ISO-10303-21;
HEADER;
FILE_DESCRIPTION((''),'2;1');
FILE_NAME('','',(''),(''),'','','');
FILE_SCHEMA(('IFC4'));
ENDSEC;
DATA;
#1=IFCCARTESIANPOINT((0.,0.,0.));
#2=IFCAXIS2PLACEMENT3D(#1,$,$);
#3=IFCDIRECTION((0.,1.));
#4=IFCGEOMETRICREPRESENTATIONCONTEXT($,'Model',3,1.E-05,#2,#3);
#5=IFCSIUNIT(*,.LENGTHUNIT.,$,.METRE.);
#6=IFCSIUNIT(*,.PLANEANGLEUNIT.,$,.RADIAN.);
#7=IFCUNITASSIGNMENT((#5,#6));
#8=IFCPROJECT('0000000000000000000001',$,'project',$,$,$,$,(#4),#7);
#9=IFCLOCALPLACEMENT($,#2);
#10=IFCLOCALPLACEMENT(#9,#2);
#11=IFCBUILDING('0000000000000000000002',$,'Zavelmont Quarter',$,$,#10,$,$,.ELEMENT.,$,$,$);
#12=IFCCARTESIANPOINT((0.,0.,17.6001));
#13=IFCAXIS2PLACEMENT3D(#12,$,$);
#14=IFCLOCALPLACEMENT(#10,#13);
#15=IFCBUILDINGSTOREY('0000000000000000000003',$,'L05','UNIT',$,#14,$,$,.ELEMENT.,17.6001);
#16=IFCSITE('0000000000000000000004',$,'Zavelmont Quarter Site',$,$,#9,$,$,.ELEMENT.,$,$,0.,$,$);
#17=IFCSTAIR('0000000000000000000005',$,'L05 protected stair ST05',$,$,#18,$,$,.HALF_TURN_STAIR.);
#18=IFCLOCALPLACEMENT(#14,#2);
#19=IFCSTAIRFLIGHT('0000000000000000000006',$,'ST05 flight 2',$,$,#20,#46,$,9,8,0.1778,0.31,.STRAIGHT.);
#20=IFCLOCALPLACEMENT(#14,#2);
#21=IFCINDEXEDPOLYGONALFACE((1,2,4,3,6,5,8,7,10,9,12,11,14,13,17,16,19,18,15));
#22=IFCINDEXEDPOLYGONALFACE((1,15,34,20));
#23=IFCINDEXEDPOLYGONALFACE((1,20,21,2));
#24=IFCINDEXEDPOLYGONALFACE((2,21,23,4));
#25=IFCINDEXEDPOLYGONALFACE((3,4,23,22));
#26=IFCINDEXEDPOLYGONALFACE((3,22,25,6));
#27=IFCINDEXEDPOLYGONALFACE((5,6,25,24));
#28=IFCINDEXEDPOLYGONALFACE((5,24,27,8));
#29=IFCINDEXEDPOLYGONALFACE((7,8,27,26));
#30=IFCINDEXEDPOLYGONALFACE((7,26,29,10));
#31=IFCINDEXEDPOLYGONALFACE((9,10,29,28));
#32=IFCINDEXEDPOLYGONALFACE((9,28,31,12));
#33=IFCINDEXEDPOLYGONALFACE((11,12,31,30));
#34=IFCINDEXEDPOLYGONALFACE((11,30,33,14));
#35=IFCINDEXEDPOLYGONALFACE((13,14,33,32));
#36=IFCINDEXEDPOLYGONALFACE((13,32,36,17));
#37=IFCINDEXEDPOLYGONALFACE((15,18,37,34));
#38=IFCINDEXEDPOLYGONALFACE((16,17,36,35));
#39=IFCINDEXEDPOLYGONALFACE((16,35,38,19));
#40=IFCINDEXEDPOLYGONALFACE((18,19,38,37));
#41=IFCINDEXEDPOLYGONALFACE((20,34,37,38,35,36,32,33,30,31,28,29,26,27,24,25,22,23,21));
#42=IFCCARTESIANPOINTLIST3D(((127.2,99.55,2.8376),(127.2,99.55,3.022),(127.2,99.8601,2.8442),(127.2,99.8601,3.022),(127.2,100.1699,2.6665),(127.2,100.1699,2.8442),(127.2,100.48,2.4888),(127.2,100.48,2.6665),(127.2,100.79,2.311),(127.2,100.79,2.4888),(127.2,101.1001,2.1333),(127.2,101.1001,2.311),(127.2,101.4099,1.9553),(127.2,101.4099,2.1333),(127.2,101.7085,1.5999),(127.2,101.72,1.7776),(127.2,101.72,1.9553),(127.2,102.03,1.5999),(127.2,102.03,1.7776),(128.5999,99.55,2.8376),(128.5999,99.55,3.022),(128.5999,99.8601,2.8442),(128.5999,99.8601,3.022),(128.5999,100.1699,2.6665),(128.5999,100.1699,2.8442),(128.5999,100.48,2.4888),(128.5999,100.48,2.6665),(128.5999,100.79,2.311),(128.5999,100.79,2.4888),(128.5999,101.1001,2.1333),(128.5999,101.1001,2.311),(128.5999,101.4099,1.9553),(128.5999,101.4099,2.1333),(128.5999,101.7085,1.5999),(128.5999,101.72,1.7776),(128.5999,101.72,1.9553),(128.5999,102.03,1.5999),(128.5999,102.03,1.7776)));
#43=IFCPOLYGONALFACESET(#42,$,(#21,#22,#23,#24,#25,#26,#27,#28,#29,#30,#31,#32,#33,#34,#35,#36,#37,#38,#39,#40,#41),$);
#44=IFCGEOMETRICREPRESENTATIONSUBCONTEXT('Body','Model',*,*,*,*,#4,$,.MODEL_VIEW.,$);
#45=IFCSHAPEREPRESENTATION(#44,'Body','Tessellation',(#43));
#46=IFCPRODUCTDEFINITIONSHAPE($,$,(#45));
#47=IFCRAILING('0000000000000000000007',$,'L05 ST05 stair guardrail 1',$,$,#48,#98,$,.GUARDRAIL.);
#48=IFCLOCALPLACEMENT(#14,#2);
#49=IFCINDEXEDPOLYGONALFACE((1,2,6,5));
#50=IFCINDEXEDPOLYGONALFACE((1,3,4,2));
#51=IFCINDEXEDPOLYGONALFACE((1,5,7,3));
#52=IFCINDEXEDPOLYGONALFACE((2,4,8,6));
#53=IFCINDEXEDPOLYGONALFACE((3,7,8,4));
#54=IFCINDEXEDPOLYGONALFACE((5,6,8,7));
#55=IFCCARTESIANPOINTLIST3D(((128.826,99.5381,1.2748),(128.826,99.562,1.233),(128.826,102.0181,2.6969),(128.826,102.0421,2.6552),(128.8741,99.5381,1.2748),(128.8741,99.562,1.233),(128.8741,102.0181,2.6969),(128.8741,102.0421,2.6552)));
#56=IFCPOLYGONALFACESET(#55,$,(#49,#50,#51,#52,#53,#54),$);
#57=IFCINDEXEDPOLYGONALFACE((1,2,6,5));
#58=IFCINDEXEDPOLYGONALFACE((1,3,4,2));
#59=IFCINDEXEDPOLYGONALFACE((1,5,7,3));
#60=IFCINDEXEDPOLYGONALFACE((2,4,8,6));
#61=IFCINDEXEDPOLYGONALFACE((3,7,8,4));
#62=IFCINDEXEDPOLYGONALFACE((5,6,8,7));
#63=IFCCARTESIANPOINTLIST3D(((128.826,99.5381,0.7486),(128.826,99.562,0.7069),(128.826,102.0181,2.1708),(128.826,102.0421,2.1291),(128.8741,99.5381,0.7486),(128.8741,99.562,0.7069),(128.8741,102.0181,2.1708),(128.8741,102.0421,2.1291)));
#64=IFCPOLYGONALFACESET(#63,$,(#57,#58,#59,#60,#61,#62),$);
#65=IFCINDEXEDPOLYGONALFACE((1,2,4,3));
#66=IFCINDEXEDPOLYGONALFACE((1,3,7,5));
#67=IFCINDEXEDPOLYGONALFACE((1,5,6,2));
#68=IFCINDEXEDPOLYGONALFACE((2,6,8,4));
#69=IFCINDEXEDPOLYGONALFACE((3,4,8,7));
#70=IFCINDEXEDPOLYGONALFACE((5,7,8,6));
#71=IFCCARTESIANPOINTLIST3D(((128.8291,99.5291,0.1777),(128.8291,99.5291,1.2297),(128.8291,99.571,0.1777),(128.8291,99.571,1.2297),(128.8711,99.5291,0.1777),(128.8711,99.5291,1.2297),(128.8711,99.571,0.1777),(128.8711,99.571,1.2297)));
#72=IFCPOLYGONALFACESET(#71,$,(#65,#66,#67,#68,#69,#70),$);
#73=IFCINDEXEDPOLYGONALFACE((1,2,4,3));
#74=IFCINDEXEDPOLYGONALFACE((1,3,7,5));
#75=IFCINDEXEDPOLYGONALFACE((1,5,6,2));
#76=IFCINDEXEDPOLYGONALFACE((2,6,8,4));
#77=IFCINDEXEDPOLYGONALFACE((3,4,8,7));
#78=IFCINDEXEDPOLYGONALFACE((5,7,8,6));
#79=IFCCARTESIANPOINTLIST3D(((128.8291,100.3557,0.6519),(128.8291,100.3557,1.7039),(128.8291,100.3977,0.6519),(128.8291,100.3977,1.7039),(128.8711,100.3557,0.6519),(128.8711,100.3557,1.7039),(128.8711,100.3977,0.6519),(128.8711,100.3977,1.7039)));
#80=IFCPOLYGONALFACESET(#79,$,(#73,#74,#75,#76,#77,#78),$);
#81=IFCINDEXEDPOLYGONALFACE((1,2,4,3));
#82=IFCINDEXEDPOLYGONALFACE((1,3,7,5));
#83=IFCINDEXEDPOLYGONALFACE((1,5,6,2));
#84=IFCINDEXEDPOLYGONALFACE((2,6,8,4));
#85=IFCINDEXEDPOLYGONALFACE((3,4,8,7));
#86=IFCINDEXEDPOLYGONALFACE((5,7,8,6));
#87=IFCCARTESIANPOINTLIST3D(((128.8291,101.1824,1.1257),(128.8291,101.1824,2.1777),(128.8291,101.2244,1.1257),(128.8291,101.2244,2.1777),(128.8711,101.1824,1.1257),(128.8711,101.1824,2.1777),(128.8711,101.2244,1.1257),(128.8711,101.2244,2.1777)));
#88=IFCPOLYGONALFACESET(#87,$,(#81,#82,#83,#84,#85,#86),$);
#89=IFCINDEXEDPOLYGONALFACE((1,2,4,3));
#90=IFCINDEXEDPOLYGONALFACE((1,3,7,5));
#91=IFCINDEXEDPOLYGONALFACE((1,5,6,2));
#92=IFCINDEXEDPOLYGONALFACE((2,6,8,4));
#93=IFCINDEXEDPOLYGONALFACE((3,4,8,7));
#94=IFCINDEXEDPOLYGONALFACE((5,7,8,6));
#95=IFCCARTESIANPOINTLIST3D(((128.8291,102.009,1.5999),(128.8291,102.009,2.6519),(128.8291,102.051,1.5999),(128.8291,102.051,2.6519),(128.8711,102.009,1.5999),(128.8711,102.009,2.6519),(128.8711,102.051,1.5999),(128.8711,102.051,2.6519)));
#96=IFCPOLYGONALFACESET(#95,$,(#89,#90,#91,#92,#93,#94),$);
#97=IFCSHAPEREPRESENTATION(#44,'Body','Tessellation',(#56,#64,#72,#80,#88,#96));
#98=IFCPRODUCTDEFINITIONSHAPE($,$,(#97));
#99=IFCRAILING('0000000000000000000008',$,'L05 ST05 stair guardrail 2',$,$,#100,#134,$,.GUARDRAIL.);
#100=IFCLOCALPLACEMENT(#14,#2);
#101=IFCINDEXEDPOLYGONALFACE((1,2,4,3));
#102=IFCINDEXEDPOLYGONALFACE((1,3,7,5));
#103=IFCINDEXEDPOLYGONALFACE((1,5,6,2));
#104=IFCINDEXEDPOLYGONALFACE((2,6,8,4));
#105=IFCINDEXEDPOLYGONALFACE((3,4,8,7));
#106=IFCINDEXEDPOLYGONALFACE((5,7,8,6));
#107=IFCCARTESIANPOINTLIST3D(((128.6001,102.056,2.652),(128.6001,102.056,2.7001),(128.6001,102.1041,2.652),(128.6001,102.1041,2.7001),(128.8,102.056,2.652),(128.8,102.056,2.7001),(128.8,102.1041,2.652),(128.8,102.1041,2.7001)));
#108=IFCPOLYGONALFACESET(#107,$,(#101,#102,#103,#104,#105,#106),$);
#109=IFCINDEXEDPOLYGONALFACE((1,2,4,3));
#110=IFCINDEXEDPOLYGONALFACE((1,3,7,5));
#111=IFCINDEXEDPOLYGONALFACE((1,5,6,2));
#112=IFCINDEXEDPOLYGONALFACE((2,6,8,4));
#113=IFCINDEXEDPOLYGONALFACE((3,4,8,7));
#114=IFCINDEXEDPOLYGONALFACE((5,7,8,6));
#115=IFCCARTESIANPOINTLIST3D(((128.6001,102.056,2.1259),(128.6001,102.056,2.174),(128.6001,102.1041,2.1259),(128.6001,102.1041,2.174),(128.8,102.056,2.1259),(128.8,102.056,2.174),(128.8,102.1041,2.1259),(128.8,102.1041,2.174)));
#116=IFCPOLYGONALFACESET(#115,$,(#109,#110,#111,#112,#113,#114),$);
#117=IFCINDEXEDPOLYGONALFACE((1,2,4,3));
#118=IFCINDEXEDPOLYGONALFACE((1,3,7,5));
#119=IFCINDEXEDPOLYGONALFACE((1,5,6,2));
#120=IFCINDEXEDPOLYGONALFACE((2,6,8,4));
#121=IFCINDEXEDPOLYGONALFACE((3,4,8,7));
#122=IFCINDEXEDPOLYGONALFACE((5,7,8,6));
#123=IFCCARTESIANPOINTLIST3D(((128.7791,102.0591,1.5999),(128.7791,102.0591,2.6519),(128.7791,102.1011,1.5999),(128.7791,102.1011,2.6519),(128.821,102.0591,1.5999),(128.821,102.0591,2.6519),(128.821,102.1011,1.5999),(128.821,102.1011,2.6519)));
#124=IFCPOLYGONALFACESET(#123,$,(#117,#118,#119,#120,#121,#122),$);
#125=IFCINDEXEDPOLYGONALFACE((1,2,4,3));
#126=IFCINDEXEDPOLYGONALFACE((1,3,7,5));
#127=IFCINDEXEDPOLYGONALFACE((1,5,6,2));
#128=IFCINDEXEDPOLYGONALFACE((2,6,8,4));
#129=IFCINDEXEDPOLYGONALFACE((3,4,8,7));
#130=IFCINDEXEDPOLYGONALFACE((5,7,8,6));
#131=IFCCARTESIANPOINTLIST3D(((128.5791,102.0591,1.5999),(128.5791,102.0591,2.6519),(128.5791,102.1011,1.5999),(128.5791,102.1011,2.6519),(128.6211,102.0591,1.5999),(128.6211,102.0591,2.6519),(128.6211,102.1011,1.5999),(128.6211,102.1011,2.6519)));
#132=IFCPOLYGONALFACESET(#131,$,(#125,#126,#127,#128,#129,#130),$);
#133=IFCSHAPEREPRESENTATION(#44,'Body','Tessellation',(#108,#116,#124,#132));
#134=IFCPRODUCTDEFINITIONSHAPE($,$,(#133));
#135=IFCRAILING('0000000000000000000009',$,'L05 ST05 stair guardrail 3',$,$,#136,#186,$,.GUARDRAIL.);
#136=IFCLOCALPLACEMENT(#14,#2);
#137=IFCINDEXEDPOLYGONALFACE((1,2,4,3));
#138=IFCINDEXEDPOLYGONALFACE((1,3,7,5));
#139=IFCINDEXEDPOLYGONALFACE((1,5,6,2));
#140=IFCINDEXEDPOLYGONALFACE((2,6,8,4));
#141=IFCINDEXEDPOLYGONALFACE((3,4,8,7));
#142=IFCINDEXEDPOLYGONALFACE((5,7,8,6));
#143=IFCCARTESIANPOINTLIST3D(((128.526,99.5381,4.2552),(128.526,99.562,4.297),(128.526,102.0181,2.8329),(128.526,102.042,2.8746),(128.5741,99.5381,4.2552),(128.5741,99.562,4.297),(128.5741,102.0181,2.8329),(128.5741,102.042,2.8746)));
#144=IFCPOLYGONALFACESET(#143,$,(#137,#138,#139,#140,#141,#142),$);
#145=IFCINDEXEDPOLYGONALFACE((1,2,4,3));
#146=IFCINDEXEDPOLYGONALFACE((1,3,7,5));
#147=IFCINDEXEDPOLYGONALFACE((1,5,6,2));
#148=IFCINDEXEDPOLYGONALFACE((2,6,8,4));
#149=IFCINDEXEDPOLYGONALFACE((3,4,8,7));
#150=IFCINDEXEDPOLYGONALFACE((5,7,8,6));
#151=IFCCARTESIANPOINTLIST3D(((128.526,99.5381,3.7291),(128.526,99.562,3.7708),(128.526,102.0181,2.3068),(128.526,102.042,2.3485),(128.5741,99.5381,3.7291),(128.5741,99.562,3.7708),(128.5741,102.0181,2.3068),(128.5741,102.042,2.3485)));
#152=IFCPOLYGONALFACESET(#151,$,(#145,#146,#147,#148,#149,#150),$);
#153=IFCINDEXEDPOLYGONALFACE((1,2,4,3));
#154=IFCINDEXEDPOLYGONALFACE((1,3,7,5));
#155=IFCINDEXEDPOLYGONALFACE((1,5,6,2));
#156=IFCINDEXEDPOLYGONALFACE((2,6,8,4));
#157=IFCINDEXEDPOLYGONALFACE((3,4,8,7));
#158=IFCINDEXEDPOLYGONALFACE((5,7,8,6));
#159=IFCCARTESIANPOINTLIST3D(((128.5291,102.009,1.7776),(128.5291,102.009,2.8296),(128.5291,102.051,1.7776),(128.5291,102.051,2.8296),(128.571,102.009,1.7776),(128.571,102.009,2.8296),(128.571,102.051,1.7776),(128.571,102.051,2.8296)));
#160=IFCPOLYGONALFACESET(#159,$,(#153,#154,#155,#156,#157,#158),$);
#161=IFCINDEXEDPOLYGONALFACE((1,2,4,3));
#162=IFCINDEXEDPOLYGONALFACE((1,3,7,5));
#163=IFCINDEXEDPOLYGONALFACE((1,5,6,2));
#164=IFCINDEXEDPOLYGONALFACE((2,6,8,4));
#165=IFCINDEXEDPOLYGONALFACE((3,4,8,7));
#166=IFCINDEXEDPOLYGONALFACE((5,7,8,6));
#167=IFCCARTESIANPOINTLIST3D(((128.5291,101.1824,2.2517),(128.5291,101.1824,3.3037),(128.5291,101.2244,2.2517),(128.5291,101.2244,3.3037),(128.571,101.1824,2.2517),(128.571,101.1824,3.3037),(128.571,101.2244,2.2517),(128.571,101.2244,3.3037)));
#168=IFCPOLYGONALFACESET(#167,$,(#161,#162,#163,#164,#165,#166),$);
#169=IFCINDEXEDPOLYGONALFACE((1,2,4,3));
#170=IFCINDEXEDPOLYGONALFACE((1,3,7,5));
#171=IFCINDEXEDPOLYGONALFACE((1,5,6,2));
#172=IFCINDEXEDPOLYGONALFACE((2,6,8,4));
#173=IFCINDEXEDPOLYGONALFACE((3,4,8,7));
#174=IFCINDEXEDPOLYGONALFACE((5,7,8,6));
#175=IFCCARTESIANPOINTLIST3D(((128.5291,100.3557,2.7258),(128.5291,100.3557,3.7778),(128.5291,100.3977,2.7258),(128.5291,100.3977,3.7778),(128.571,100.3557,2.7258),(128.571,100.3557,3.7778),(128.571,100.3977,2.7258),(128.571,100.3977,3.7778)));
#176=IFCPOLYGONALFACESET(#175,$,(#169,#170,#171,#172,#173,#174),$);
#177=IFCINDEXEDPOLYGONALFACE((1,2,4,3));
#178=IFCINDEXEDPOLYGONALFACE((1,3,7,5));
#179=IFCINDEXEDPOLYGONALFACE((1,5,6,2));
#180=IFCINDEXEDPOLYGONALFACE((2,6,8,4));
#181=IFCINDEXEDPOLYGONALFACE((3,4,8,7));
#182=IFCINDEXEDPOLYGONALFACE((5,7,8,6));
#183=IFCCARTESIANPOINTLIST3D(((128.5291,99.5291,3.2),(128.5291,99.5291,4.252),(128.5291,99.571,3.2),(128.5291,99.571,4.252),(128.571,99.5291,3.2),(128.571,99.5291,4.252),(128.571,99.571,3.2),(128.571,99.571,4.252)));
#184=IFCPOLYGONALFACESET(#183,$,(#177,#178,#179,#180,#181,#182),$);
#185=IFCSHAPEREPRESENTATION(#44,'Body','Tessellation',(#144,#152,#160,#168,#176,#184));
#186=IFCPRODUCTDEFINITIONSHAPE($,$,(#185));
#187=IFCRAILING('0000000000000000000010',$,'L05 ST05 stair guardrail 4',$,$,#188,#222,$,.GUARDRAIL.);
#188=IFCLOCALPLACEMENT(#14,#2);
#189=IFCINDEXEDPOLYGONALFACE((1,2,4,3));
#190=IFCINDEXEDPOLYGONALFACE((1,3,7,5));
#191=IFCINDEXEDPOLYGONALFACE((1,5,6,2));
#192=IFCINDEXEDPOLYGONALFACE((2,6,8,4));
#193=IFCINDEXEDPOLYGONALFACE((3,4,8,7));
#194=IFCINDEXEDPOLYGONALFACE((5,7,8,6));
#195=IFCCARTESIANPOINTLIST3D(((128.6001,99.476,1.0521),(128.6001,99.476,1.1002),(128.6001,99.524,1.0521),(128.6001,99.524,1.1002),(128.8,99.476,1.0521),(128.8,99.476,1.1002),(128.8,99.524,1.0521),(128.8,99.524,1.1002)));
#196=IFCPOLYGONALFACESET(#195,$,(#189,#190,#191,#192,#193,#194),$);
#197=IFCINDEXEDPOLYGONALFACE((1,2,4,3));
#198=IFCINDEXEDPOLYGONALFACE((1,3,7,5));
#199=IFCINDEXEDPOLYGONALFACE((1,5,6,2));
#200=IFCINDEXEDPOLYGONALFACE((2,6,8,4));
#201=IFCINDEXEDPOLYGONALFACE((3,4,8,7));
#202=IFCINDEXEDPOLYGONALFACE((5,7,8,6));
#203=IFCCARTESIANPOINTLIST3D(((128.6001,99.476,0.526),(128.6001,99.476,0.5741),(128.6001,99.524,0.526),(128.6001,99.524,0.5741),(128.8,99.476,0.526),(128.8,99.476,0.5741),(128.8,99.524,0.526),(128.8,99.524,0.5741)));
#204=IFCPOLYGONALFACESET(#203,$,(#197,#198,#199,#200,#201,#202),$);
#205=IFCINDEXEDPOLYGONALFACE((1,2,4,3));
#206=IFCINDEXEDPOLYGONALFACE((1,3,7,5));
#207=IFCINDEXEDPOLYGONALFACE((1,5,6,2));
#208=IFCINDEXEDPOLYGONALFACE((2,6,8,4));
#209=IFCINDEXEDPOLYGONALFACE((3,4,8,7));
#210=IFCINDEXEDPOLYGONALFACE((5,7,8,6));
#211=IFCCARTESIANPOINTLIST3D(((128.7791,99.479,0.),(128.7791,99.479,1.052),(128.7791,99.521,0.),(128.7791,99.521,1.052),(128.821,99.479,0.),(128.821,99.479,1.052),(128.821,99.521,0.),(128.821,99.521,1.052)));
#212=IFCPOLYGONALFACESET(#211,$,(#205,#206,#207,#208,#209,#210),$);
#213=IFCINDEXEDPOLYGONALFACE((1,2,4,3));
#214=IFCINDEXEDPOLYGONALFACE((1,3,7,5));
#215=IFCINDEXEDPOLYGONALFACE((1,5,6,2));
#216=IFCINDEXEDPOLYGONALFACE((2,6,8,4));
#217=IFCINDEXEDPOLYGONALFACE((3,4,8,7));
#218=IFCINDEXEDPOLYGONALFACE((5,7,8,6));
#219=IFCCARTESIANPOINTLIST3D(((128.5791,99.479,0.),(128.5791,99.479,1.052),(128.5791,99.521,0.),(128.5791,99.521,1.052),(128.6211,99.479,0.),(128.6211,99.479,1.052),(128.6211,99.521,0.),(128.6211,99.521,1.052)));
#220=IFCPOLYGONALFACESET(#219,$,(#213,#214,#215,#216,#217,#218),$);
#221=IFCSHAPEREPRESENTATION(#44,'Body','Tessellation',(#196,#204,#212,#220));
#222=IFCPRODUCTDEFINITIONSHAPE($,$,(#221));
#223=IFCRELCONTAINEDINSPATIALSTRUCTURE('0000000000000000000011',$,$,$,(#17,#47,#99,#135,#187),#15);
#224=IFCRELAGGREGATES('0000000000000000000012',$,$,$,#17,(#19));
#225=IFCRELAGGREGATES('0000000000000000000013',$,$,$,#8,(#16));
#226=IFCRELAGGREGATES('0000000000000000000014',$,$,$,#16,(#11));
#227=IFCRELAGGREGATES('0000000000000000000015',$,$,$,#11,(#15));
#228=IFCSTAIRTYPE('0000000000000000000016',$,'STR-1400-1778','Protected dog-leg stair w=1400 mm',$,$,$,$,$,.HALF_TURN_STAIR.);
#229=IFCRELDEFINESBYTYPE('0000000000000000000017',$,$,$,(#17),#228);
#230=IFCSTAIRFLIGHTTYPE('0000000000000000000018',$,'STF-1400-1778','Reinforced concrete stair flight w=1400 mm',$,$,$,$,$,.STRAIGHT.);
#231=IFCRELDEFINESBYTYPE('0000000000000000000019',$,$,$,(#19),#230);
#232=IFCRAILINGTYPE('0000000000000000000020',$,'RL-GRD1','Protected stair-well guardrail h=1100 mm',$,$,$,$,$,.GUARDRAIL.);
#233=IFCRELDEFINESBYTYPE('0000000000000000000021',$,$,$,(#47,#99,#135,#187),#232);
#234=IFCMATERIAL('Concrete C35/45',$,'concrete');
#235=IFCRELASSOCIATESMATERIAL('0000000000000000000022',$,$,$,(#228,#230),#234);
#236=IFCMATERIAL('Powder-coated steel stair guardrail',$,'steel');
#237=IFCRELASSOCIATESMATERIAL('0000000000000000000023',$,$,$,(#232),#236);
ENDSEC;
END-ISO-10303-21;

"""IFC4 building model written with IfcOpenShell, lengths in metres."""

from ifc_helpers import new_model, si_unit, direction, frame, origin, origin_2d, place, context, subcontext, project, spatial, polyline, rectangle, outline, extrude, material, type_object, element, aggregate, save


model = new_model("IFC4")

# Units and contexts
model_context = context("Model", 3, precision=1e-05, world=origin(), true_north=direction((0.0, 1.0)))
body_context = subcontext(model_context, "Body", "Model", "MODEL_VIEW")
ifc_project = project(units=[si_unit("LENGTHUNIT", "METRE"), si_unit("PLANEANGLEUNIT", "RADIAN")], contexts=[model_context])

# Site, building, storey
site_placement = place(None, origin())
site = spatial("IfcSite", under=ifc_project, at=site_placement, Name="Zavelmont Quarter Site", CompositionType="ELEMENT", RefElevation=0.0)
building_placement = place(site_placement, origin())
building = spatial("IfcBuilding", under=site, at=building_placement, Name="Zavelmont Quarter", CompositionType="ELEMENT")
storey_placement = place(building_placement, frame((0.0, 0.0, 17.6001)))
storey = spatial("IfcBuildingStorey", under=building, at=storey_placement, Name="L05", Description="UNIT", CompositionType="ELEMENT", Elevation=17.6001)

# Shared definitions
ifc_material_1 = material(Name="Concrete C35/45", Category="concrete")

# Stair, stair flight
stair_type = type_object("IfcStairType", Name="STR-1400-1778", Description="Protected dog-leg stair w=1400 mm", PredefinedType="HALF_TURN_STAIR", material=ifc_material_1)
stair_placement = place(storey_placement, origin())
stair = element("IfcStair", 1, at=stair_placement, inside=storey, type_object=stair_type, Name="L05 protected stair ST05", PredefinedType="HALF_TURN_STAIR")
stair_flight_type = type_object("IfcStairFlightType", Name="STF-1400-1778", Description="Reinforced concrete stair flight w=1400 mm", PredefinedType="STRAIGHT", material=ifc_material_1)
stair_flight_1_placement = place(storey_placement, frame((127.8999, 102.03, 1.5999), z_axis=(0.0, 0.0, 1.0), x_axis=(0.0, -1.0, 0.0)))
stair_flight_1 = element("IfcStairFlight", 2, at=stair_flight_1_placement, type_object=stair_flight_type, Name="ST05 flight 2", NumberOfRisers=9, NumberOfTreads=8, PredefinedType="STRAIGHT", RiserHeight=0.1778, TreadLength=0.31, context=body_context, shape_type="SweptSolid", body=[
    extrude(outline(polyline([(0.0, 0.0), (0.0, 0.1777), (0.3101, 0.1777), (0.3101, 0.3555), (0.6201, 0.3555), (0.6201, 0.5334), (0.9299, 0.5334), (0.9299, 0.7112), (1.24, 0.7112), (1.24, 0.8889), (1.55, 0.8889), (1.55, 1.0667), (1.8601, 1.0667), (1.8601, 1.2444), (2.1699, 1.2444), (2.1699, 1.4221), (2.48, 1.4221), (2.48, 1.6001), (2.48, 1.2378), (0.3215, 0.0), (0.0, 0.0)])), frame((0.0, 0.7, 0.0), z_axis=(0.0, -1.0, 0.0), x_axis=(1.0, 0.0, 0.0)), (0.0, 0.0, 1.0), 1.3999),
])
aggregate(stair, [stair_flight_1])

# Railings
ifc_material_2 = material(Name="Powder-coated steel stair guardrail", Category="steel")
railing_type_1 = type_object("IfcRailingType", Name="RL-GRD1", Description="Protected stair-well guardrail h=1100 mm", PredefinedType="GUARDRAIL", material=ifc_material_2)
railing_1_placement = place(storey_placement, frame((128.8501, 99.55, 0.1777)))
element("IfcRailing", 3, at=railing_1_placement, inside=storey, type_object=railing_type_1, Name="L05 ST05 stair guardrail 1", PredefinedType="GUARDRAIL", context=body_context, shape_type="SweptSolid", body=[
    extrude(rectangle(XDim=0.0481, YDim=0.0481, at=origin_2d()), frame((0.0, 0.0, 1.0762), z_axis=(0.0, 0.867491, 0.497454), x_axis=(-1.0, 0.0, 0.0)), (0.0, 0.0, 1.0), 2.8589),
    extrude(rectangle(XDim=0.0481, YDim=0.0481, at=origin_2d()), frame((0.0, 0.0, 0.55), z_axis=(0.0, 0.867491, 0.497454), x_axis=(-1.0, 0.0, 0.0)), (0.0, 0.0, 1.0), 2.8589),
    extrude(rectangle(XDim=0.042, YDim=0.042, at=origin_2d()), origin(), (0.0, 0.0, 1.0), 1.052),
    extrude(rectangle(XDim=0.042, YDim=0.042, at=origin_2d()), frame((0.0, 0.8267, 0.4741)), (0.0, 0.0, 1.0), 1.052),
    extrude(rectangle(XDim=0.042, YDim=0.042, at=origin_2d()), frame((0.0, 1.6533, 0.948)), (0.0, 0.0, 1.0), 1.052),
    extrude(rectangle(XDim=0.042, YDim=0.042, at=origin_2d()), frame((0.0, 2.48, 1.4221)), (0.0, 0.0, 1.0), 1.052),
])
railing_2_placement = place(storey_placement, frame((128.8, 102.0801, 1.5999)))
element("IfcRailing", 4, at=railing_2_placement, inside=storey, type_object=railing_type_1, Name="L05 ST05 stair guardrail 2", PredefinedType="GUARDRAIL", context=body_context, shape_type="SweptSolid", body=[
    extrude(rectangle(XDim=0.0481, YDim=0.0481, at=origin_2d()), frame((0.0, 0.0, 1.0762), z_axis=(-1.0, 0.0, 0.0), x_axis=(0.0, -1.0, 0.0)), (0.0, 0.0, 1.0), 0.2),
    extrude(rectangle(XDim=0.0481, YDim=0.0481, at=origin_2d()), frame((0.0, 0.0, 0.55), z_axis=(-1.0, 0.0, 0.0), x_axis=(0.0, -1.0, 0.0)), (0.0, 0.0, 1.0), 0.2),
    extrude(rectangle(XDim=0.042, YDim=0.042, at=origin_2d()), origin(), (0.0, 0.0, 1.0), 1.052),
    extrude(rectangle(XDim=0.042, YDim=0.042, at=origin_2d()), frame((-0.2, 0.0, 0.0)), (0.0, 0.0, 1.0), 1.052),
])
railing_3_placement = place(storey_placement, frame((128.55, 102.03, 1.7776)))
element("IfcRailing", 5, at=railing_3_placement, inside=storey, type_object=railing_type_1, Name="L05 ST05 stair guardrail 3", PredefinedType="GUARDRAIL", context=body_context, shape_type="SweptSolid", body=[
    extrude(rectangle(XDim=0.0481, YDim=0.0481, at=origin_2d()), frame((0.0, 0.0, 1.0762), z_axis=(0.0, -0.867454, 0.497518), x_axis=(1.0, 0.0, 0.0)), (0.0, 0.0, 1.0), 2.8589),
    extrude(rectangle(XDim=0.0481, YDim=0.0481, at=origin_2d()), frame((0.0, 0.0, 0.55), z_axis=(0.0, -0.867454, 0.497518), x_axis=(1.0, 0.0, 0.0)), (0.0, 0.0, 1.0), 2.8589),
    extrude(rectangle(XDim=0.042, YDim=0.042, at=origin_2d()), origin(), (0.0, 0.0, 1.0), 1.052),
    extrude(rectangle(XDim=0.042, YDim=0.042, at=origin_2d()), frame((0.0, -0.8267, 0.4741)), (0.0, 0.0, 1.0), 1.052),
    extrude(rectangle(XDim=0.042, YDim=0.042, at=origin_2d()), frame((0.0, -1.6533, 0.9482)), (0.0, 0.0, 1.0), 1.052),
    extrude(rectangle(XDim=0.042, YDim=0.042, at=origin_2d()), frame((0.0, -2.48, 1.4224)), (0.0, 0.0, 1.0), 1.052),
])
railing_4_placement = place(storey_placement, frame((128.8, 99.5, 0.0)))
element("IfcRailing", 6, at=railing_4_placement, inside=storey, type_object=railing_type_1, Name="L05 ST05 stair guardrail 4", PredefinedType="GUARDRAIL", context=body_context, shape_type="SweptSolid", body=[
    extrude(rectangle(XDim=0.0481, YDim=0.0481, at=origin_2d()), frame((0.0, 0.0, 1.0762), z_axis=(-1.0, 0.0, 0.0), x_axis=(0.0, -1.0, 0.0)), (0.0, 0.0, 1.0), 0.2),
    extrude(rectangle(XDim=0.0481, YDim=0.0481, at=origin_2d()), frame((0.0, 0.0, 0.55), z_axis=(-1.0, 0.0, 0.0), x_axis=(0.0, -1.0, 0.0)), (0.0, 0.0, 1.0), 0.2),
    extrude(rectangle(XDim=0.042, YDim=0.042, at=origin_2d()), origin(), (0.0, 0.0, 1.0), 1.052),
    extrude(rectangle(XDim=0.042, YDim=0.042, at=origin_2d()), frame((-0.2, 0.0, 0.0)), (0.0, 0.0, 1.0), 1.052),
])

save(model, "model.ifc")
